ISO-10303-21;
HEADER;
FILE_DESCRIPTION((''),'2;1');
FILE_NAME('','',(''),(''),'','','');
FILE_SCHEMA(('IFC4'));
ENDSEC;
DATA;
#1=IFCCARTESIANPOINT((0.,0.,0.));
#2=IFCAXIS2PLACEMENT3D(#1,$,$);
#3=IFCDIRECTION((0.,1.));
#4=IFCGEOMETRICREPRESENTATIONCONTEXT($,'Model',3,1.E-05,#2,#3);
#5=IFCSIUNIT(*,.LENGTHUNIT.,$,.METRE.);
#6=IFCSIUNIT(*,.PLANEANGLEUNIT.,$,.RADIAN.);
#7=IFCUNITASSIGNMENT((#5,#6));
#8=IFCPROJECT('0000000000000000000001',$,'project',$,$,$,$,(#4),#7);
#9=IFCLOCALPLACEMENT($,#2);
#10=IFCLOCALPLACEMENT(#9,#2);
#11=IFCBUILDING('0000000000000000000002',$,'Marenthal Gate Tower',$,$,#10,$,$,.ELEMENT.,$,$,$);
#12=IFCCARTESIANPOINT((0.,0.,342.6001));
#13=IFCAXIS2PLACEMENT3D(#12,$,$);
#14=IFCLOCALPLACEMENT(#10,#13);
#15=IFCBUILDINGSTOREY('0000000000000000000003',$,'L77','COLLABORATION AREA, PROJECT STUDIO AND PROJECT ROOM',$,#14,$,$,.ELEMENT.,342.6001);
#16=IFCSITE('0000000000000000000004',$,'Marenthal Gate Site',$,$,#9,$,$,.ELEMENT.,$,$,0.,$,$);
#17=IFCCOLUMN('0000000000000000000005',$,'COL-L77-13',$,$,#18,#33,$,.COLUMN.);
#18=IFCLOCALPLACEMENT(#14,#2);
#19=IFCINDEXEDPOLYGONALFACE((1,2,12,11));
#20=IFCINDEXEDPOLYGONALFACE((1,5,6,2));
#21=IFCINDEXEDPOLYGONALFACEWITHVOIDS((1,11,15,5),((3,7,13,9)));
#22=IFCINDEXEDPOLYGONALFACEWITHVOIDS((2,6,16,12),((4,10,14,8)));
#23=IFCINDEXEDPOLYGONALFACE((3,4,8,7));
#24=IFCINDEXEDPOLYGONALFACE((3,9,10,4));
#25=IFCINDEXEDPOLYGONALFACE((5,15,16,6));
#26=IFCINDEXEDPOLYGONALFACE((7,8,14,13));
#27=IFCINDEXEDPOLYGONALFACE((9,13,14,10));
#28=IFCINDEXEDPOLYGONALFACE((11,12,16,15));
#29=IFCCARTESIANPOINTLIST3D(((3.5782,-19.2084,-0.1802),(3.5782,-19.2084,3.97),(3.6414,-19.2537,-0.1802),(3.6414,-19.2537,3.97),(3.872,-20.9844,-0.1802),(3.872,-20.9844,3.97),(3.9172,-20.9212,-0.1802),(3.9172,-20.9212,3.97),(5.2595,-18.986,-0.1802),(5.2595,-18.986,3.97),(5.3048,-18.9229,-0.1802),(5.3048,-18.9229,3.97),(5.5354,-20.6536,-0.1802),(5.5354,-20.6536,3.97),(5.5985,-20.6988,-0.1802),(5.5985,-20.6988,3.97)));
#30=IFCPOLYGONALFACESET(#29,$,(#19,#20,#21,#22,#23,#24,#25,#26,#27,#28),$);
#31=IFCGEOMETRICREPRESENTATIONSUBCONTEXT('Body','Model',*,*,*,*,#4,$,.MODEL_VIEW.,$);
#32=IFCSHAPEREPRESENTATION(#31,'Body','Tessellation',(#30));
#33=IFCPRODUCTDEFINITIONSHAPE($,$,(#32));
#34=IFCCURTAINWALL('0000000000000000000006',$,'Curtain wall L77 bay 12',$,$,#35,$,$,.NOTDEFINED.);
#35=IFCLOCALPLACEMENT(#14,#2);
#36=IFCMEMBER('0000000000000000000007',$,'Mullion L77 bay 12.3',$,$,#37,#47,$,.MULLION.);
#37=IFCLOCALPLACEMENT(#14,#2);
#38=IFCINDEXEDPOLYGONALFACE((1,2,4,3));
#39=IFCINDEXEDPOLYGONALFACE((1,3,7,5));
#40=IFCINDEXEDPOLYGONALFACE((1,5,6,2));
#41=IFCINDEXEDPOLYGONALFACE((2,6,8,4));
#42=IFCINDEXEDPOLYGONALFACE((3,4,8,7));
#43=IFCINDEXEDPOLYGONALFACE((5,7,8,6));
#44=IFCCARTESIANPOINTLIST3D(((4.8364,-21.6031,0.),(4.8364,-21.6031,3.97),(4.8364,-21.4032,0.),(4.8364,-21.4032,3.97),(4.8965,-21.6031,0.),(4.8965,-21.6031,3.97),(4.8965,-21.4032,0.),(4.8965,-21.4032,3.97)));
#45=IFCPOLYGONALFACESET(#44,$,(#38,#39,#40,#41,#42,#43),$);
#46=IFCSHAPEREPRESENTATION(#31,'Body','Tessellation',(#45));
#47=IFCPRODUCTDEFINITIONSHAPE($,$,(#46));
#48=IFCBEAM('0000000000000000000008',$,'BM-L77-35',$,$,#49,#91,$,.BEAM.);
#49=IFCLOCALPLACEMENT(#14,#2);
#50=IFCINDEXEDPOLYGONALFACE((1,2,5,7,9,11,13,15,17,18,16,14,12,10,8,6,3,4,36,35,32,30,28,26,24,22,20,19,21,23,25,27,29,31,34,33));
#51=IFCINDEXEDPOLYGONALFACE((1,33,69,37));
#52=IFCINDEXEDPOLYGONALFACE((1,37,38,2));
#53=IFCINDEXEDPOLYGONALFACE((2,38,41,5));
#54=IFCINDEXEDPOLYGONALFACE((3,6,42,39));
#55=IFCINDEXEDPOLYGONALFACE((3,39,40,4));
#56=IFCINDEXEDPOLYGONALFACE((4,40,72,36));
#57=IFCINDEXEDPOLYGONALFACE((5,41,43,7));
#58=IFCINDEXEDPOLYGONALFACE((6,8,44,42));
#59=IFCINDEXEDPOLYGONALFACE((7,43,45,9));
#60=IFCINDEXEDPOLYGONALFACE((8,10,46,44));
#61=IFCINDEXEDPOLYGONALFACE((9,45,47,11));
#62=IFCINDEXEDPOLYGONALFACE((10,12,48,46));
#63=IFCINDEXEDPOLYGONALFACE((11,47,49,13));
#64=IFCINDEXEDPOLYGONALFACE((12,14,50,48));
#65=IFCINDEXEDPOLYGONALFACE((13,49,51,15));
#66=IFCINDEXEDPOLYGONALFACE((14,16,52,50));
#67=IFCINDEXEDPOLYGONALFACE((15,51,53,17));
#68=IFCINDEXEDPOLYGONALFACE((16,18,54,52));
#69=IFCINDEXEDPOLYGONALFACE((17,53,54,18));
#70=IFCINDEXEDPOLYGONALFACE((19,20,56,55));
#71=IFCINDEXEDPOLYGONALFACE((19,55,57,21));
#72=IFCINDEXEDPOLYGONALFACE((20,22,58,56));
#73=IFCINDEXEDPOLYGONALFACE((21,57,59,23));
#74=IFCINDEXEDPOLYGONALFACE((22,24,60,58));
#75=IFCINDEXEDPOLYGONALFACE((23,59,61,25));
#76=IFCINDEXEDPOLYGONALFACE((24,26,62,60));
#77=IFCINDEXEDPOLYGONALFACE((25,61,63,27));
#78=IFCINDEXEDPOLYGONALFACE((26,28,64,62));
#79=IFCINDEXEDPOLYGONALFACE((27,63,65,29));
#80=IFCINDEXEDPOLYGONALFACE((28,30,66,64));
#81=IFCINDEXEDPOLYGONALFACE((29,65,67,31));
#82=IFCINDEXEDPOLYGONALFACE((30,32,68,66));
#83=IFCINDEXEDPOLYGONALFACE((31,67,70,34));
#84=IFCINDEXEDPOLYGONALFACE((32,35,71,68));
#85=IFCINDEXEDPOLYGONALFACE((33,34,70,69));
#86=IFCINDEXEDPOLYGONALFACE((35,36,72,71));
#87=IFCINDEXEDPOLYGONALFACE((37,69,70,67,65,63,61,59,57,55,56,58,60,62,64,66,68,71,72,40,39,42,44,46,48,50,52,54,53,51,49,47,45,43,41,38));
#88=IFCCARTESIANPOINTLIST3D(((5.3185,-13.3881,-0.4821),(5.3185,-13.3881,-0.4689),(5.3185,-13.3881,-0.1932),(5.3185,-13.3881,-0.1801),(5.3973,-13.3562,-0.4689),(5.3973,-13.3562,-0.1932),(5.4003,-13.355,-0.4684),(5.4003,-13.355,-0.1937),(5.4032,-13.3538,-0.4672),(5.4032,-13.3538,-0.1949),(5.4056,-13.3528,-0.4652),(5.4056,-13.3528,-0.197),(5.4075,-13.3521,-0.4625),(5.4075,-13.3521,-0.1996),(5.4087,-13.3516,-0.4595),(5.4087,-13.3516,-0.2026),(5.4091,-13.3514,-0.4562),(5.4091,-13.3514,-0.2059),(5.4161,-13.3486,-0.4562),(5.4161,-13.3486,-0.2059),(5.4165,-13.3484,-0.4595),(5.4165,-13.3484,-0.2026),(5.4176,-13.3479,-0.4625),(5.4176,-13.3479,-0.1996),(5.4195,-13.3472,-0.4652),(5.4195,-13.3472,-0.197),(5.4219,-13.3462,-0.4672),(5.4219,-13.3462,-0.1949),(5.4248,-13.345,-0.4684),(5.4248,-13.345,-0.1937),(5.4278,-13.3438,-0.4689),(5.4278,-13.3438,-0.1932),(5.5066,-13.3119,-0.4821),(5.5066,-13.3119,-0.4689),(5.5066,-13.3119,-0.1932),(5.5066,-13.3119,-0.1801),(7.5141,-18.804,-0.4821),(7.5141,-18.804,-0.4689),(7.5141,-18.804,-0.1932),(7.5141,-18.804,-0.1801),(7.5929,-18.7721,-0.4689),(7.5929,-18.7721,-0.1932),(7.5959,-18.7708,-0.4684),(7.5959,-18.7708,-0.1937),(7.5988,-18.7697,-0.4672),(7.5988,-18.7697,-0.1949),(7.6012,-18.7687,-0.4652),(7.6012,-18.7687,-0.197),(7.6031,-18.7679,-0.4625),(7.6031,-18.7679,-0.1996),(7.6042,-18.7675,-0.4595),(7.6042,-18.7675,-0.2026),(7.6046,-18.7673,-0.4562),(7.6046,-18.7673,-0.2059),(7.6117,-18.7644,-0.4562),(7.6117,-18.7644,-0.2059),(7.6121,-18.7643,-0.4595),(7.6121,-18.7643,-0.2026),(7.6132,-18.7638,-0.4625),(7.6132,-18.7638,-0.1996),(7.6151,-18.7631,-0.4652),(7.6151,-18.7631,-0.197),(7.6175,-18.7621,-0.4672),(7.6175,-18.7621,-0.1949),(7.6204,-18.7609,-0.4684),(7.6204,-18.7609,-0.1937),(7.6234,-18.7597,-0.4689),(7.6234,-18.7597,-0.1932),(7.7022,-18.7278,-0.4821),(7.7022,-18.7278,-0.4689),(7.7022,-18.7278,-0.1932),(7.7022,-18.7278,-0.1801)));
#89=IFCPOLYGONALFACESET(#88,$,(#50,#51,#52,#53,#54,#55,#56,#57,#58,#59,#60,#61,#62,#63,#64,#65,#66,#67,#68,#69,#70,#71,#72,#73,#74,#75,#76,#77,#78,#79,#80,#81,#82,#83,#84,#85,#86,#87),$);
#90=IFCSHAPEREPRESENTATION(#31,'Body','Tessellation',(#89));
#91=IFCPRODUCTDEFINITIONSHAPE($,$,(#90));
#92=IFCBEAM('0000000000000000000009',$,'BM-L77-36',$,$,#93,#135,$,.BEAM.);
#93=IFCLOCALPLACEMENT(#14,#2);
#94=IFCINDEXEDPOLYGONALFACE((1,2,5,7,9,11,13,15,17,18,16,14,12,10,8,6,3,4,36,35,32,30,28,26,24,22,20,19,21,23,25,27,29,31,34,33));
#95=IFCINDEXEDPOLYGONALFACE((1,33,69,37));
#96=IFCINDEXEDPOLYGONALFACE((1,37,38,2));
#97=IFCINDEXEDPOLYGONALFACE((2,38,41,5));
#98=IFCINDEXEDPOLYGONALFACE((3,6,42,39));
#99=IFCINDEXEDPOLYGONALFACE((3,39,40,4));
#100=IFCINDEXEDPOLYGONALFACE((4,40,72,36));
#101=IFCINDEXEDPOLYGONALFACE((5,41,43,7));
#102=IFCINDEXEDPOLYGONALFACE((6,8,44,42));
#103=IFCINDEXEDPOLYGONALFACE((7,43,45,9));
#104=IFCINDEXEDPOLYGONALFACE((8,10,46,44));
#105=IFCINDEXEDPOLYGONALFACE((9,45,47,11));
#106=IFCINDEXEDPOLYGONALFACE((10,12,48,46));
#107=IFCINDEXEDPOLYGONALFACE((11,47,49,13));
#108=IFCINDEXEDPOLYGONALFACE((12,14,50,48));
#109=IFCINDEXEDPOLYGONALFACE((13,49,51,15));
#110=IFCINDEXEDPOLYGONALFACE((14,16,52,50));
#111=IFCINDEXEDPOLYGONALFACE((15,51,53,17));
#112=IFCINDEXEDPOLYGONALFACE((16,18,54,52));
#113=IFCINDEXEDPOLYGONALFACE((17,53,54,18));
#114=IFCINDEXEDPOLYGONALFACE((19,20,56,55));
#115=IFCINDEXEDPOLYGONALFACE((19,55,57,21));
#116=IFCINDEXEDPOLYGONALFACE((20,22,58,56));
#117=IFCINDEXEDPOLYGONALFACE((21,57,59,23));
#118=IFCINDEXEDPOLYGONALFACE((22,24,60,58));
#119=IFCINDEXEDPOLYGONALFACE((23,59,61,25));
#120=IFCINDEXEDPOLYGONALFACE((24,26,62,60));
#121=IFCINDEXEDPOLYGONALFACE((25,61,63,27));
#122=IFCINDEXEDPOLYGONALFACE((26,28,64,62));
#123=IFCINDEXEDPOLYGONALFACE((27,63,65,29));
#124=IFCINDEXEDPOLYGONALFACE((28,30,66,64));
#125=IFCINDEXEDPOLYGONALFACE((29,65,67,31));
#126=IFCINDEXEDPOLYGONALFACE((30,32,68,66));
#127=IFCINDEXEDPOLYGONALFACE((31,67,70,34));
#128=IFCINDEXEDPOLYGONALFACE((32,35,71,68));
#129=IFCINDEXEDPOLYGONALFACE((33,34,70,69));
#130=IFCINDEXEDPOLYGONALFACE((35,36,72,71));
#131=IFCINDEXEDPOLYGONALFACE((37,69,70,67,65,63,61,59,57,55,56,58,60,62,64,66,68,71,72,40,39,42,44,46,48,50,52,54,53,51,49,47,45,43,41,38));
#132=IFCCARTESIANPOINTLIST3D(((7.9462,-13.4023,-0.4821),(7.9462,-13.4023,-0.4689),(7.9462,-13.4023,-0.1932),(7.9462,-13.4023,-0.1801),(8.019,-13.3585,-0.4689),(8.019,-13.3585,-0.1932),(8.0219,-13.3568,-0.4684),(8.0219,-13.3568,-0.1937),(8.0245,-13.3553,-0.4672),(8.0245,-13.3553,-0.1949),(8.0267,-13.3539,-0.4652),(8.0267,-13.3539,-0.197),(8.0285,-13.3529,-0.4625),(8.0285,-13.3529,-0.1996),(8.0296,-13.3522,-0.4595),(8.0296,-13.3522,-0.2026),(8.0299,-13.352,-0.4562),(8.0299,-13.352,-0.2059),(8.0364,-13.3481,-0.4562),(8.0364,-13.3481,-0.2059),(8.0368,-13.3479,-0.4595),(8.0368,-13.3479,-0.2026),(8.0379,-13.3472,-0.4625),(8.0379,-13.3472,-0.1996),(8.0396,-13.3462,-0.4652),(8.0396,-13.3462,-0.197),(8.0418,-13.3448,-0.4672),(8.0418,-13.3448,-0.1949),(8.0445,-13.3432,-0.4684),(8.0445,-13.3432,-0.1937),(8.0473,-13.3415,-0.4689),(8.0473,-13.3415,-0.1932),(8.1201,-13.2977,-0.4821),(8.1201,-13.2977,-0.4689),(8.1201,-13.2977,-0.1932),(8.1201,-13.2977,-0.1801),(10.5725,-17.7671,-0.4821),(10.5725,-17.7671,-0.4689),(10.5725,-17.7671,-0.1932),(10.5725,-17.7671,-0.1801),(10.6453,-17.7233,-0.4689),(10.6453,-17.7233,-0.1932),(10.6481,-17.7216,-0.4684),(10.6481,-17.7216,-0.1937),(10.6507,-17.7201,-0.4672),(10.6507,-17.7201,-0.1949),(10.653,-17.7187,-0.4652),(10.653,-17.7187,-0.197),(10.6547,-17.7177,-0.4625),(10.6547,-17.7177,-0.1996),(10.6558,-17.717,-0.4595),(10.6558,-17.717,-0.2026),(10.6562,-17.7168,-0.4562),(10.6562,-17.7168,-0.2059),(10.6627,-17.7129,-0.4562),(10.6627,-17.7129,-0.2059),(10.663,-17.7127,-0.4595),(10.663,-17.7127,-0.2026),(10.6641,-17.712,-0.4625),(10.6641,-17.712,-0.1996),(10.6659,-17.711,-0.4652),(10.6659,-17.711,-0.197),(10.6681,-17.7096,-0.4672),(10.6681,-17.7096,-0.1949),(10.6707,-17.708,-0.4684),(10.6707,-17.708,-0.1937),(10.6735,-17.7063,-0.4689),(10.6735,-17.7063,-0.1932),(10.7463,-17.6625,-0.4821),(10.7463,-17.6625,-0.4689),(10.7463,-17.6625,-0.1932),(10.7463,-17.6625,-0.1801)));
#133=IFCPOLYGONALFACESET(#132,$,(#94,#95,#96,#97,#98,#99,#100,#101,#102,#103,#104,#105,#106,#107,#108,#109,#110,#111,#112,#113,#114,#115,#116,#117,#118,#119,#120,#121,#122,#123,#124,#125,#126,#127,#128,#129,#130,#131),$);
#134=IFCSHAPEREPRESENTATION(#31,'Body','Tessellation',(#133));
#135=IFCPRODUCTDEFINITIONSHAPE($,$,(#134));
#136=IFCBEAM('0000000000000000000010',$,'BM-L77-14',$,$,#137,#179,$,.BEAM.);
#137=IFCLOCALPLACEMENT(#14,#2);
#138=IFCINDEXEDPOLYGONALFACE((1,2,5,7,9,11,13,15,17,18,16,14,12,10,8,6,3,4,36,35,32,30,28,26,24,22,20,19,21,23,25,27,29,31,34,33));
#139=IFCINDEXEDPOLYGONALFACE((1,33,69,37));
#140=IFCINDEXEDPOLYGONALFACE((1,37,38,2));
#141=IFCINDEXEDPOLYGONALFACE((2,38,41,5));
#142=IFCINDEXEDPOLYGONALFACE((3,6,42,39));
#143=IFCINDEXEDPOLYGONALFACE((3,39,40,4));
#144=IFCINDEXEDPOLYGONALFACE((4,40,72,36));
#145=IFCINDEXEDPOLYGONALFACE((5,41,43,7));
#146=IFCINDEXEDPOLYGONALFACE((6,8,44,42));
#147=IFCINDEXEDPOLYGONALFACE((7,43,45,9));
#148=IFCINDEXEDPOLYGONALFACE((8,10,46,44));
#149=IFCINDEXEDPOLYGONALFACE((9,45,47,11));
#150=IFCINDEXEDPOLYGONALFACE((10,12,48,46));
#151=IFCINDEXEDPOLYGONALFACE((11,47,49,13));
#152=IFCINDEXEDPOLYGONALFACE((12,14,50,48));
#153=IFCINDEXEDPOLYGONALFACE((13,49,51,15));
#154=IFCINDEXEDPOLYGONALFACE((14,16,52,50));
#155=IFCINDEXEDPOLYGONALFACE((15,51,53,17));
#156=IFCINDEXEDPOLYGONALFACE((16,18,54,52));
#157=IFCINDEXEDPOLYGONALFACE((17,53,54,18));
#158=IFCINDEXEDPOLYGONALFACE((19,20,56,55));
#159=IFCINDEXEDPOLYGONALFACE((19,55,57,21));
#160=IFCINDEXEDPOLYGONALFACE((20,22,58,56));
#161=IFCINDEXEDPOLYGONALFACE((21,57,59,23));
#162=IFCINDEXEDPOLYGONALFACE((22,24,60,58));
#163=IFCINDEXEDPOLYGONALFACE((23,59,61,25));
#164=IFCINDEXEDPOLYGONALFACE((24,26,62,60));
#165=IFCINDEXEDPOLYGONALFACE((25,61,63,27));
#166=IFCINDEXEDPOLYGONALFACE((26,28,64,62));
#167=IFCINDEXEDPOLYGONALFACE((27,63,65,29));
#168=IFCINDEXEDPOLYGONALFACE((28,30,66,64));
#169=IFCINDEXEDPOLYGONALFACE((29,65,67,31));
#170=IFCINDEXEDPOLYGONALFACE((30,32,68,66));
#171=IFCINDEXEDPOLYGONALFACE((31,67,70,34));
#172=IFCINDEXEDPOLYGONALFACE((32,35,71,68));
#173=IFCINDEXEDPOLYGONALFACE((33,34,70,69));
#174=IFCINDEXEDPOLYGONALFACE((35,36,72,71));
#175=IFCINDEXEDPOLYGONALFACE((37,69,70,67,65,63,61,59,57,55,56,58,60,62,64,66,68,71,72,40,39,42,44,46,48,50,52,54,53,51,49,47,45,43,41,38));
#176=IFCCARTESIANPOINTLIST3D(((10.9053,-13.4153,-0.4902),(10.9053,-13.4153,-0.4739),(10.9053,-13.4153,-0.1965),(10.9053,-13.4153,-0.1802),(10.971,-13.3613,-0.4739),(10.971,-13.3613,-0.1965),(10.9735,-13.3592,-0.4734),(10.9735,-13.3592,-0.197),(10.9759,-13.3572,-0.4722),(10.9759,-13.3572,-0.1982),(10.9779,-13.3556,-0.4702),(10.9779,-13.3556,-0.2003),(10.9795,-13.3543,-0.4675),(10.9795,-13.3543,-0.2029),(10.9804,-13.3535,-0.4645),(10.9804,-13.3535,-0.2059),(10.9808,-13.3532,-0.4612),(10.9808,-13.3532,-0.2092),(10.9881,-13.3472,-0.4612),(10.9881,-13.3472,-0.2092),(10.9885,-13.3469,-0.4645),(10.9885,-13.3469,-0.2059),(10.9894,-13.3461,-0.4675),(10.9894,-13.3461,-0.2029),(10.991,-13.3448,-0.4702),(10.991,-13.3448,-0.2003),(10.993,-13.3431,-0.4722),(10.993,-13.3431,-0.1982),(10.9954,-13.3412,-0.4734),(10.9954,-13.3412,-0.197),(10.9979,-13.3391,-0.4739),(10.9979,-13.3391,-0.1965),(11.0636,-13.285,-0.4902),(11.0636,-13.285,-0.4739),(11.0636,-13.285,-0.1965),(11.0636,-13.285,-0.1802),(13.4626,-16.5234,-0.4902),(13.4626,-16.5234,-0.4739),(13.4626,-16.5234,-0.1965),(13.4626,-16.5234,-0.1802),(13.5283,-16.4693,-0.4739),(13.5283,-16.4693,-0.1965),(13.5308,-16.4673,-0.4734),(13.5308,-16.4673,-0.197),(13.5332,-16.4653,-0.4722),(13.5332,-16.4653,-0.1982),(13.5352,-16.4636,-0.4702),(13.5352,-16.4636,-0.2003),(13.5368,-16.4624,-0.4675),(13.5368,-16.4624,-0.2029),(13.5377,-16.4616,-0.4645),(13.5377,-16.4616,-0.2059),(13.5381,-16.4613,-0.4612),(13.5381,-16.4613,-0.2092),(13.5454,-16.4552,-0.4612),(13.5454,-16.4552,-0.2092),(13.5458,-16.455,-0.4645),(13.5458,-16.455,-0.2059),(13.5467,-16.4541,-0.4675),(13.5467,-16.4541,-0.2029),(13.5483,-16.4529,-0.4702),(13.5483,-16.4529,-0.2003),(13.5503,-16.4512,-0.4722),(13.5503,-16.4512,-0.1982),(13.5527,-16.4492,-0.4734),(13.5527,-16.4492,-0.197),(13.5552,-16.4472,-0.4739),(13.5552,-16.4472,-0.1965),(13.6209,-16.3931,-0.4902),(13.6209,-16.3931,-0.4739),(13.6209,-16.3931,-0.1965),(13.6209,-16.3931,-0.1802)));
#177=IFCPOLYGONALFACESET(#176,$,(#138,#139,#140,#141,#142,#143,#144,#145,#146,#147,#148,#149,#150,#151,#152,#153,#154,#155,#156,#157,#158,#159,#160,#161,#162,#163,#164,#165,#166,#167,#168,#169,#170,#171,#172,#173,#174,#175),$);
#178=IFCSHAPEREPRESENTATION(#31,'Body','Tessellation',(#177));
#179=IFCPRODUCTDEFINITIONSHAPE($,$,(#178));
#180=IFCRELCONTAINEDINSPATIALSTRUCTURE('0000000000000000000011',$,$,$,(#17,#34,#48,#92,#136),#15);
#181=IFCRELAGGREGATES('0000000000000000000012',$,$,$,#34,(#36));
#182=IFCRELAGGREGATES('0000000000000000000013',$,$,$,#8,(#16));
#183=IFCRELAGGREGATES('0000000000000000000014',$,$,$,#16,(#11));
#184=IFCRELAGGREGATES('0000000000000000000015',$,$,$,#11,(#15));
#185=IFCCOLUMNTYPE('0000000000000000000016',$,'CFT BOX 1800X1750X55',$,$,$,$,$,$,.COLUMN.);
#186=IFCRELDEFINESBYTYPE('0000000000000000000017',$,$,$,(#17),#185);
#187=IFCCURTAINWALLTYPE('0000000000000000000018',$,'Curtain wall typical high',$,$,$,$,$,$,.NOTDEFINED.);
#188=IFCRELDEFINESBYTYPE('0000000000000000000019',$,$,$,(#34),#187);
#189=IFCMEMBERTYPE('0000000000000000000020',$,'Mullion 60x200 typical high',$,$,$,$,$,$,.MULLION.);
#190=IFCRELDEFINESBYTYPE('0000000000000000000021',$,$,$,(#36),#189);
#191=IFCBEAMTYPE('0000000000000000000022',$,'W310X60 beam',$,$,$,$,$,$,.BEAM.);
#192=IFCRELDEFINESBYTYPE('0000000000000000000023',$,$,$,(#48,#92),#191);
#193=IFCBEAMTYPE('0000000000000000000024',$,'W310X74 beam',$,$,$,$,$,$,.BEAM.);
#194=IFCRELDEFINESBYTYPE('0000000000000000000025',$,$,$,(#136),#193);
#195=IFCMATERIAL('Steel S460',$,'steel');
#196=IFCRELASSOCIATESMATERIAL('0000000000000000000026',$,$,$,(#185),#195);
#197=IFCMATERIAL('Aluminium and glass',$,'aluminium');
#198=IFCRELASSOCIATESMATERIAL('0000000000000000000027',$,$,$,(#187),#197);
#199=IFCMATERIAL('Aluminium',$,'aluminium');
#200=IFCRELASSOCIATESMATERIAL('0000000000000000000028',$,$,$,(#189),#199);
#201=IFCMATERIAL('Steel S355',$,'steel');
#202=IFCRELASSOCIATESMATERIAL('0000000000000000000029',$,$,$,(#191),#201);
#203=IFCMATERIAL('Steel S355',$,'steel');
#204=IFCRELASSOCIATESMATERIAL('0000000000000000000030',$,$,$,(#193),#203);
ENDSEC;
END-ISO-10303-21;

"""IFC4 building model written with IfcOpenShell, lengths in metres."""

from ifc_helpers import new_model, si_unit, direction, frame, origin, origin_2d, place, context, subcontext, project, spatial, rectangle, hollow_rectangle, i_section, extrude, material, material_profile, profile_set, type_object, element, aggregate, save


model = new_model("IFC4")

# Units and contexts
model_context = context("Model", 3, precision=1e-05, world=origin(), true_north=direction((0.0, 1.0)))
body_context = subcontext(model_context, "Body", "Model", "MODEL_VIEW")
ifc_project = project(units=[si_unit("LENGTHUNIT", "METRE"), si_unit("PLANEANGLEUNIT", "RADIAN")], contexts=[model_context])

# Site, building, storey
site_placement = place(None, origin())
site = spatial("IfcSite", under=ifc_project, at=site_placement, Name="Marenthal Gate Site", CompositionType="ELEMENT", RefElevation=0.0)
building_placement = place(site_placement, origin())
building = spatial("IfcBuilding", under=site, at=building_placement, Name="Marenthal Gate Tower", CompositionType="ELEMENT")
storey_placement = place(building_placement, frame((0.0, 0.0, 342.6001)))
storey = spatial("IfcBuildingStorey", under=building, at=storey_placement, Name="L77", Description="COLLABORATION AREA, PROJECT STUDIO AND PROJECT ROOM", CompositionType="ELEMENT", Elevation=342.6001)

# Column
ifc_material_1 = material(Name="Steel S460", Category="steel")
ifc_material_profile_1 = material_profile(ifc_material_1, hollow_rectangle(XDim=1.75, YDim=1.8, WallThickness=0.0549, at=origin_2d()), Name="CFT BOX 1800X1750X55")
ifc_material_2 = material(Name="Concrete 70 MPa", Category="concrete")
ifc_material_profile_2 = material_profile(ifc_material_2, rectangle(XDim=1.6399, YDim=1.6899, at=origin_2d()), Name="CFT BOX 1800X1750X55 INFILL")
ifc_profile_set_1 = profile_set([ifc_material_profile_1, ifc_material_profile_2], Name="Steel S460 shell, Concrete 70 MPa infill")
column_type = type_object("IfcColumnType", Name="CFT BOX 1800X1750X55", PredefinedType="COLUMN", material=ifc_profile_set_1)
column_placement = place(storey_placement, frame((4.5884, -19.9536, -0.1802), z_axis=(0.0, 0.0, 1.0), x_axis=(-0.986595, -0.163188, 0.0)))
element("IfcColumn", 1, at=column_placement, inside=storey, type_object=column_type, Name="COL-L77-13", PredefinedType="COLUMN", context=body_context, shape_type="SweptSolid", body=[
    extrude(hollow_rectangle(XDim=1.75, YDim=1.8, WallThickness=0.0549, at=origin_2d()), origin(), (0.0, 0.0, 1.0), 4.1501),
])

# Curtain wall, member
ifc_material_3 = material(Name="Aluminium and glass", Category="aluminium")
curtain_wall_type = type_object("IfcCurtainWallType", Name="Curtain wall typical high", PredefinedType="NOTDEFINED", material=ifc_material_3)
curtain_wall_placement = place(storey_placement, origin())
curtain_wall = element("IfcCurtainWall", 2, at=curtain_wall_placement, inside=storey, type_object=curtain_wall_type, Name="Curtain wall L77 bay 12", PredefinedType="NOTDEFINED")
ifc_material_4 = material(Name="Aluminium", Category="aluminium")
ifc_material_profile_3 = material_profile(ifc_material_4, rectangle(XDim=0.2, YDim=0.0601, at=origin_2d()), Name="60x200 aluminium mullion")
ifc_profile_set_2 = profile_set([ifc_material_profile_3], Name="Aluminium")
member_type = type_object("IfcMemberType", Name="Mullion 60x200 typical high", PredefinedType="MULLION", material=ifc_profile_set_2)
member_placement = place(storey_placement, frame((4.8665, -21.5032, 0.0), z_axis=(0.0, 0.0, 1.0), x_axis=(0.0, 1.0, 0.0)))
member = element("IfcMember", 3, at=member_placement, type_object=member_type, Name="Mullion L77 bay 12.3", PredefinedType="MULLION", context=body_context, shape_type="SweptSolid", body=[
    extrude(rectangle(XDim=0.2, YDim=0.0601, at=origin_2d()), origin(), (0.0, 0.0, 1.0), 3.97),
])

# Beams
ifc_material_5 = material(Name="Steel S355", Category="steel")
ifc_material_profile_4 = material_profile(ifc_material_5, i_section(OverallWidth=0.2029, OverallDepth=0.302, WebThickness=0.0076, FlangeThickness=0.0132, FilletRadius=0.0127, at=origin_2d()), Name="W310X60")
ifc_profile_set_3 = profile_set([ifc_material_profile_4], Name="Steel S355")
beam_type_1 = type_object("IfcBeamType", Name="W310X60 beam", PredefinedType="BEAM", material=ifc_profile_set_3)
beam_1_placement = place(storey_placement, frame((7.6082, -18.7659, -0.3311), z_axis=(-0.375701, 0.926741, 0.0), x_axis=(-0.926741, -0.375701, 0.0)))
element("IfcBeam", 4, at=beam_1_placement, inside=storey, type_object=beam_type_1, Name="BM-L77-35", PredefinedType="BEAM", context=body_context, shape_type="SweptSolid", body=[
    extrude(i_section(OverallWidth=0.2029, OverallDepth=0.302, WebThickness=0.0076, FlangeThickness=0.0132, FilletRadius=0.0127, at=origin_2d()), origin(), (0.0, 0.0, 1.0), 5.844),
])
beam_2_placement = place(storey_placement, frame((10.6594, -17.7148, -0.3311), z_axis=(-0.51556, 0.856854, 0.0), x_axis=(-0.856854, -0.51556, 0.0)))
element("IfcBeam", 5, at=beam_2_placement, inside=storey, type_object=beam_type_1, Name="BM-L77-36", PredefinedType="BEAM", context=body_context, shape_type="SweptSolid", body=[
    extrude(i_section(OverallWidth=0.2029, OverallDepth=0.302, WebThickness=0.0076, FlangeThickness=0.0132, FilletRadius=0.0127, at=origin_2d()), origin(), (0.0, 0.0, 1.0), 5.094),
])
ifc_material_6 = material(Name="Steel S355", Category="steel")
ifc_material_profile_5 = material_profile(ifc_material_6, i_section(OverallWidth=0.2051, OverallDepth=0.3101, WebThickness=0.0095, FlangeThickness=0.0164, FilletRadius=0.0127, at=origin_2d()), Name="W310X74")
ifc_profile_set_4 = profile_set([ifc_material_profile_5], Name="Steel S355")
beam_type_2 = type_object("IfcBeamType", Name="W310X74 beam", PredefinedType="BEAM", material=ifc_profile_set_4)
beam_3_placement = place(storey_placement, frame((13.5417, -16.4583, -0.3352), z_axis=(-0.635369, 0.772209, 0.0), x_axis=(-0.772209, -0.635369, 0.0)))
element("IfcBeam", 6, at=beam_3_placement, inside=storey, type_object=beam_type_2, Name="BM-L77-14", PredefinedType="BEAM", context=body_context, shape_type="SweptSolid", body=[
    extrude(i_section(OverallWidth=0.2051, OverallDepth=0.3101, WebThickness=0.0095, FlangeThickness=0.0164, FilletRadius=0.0127, at=origin_2d()), origin(), (0.0, 0.0, 1.0), 4.0249),
])

aggregate(curtain_wall, [member])

save(model, "model.ifc")
